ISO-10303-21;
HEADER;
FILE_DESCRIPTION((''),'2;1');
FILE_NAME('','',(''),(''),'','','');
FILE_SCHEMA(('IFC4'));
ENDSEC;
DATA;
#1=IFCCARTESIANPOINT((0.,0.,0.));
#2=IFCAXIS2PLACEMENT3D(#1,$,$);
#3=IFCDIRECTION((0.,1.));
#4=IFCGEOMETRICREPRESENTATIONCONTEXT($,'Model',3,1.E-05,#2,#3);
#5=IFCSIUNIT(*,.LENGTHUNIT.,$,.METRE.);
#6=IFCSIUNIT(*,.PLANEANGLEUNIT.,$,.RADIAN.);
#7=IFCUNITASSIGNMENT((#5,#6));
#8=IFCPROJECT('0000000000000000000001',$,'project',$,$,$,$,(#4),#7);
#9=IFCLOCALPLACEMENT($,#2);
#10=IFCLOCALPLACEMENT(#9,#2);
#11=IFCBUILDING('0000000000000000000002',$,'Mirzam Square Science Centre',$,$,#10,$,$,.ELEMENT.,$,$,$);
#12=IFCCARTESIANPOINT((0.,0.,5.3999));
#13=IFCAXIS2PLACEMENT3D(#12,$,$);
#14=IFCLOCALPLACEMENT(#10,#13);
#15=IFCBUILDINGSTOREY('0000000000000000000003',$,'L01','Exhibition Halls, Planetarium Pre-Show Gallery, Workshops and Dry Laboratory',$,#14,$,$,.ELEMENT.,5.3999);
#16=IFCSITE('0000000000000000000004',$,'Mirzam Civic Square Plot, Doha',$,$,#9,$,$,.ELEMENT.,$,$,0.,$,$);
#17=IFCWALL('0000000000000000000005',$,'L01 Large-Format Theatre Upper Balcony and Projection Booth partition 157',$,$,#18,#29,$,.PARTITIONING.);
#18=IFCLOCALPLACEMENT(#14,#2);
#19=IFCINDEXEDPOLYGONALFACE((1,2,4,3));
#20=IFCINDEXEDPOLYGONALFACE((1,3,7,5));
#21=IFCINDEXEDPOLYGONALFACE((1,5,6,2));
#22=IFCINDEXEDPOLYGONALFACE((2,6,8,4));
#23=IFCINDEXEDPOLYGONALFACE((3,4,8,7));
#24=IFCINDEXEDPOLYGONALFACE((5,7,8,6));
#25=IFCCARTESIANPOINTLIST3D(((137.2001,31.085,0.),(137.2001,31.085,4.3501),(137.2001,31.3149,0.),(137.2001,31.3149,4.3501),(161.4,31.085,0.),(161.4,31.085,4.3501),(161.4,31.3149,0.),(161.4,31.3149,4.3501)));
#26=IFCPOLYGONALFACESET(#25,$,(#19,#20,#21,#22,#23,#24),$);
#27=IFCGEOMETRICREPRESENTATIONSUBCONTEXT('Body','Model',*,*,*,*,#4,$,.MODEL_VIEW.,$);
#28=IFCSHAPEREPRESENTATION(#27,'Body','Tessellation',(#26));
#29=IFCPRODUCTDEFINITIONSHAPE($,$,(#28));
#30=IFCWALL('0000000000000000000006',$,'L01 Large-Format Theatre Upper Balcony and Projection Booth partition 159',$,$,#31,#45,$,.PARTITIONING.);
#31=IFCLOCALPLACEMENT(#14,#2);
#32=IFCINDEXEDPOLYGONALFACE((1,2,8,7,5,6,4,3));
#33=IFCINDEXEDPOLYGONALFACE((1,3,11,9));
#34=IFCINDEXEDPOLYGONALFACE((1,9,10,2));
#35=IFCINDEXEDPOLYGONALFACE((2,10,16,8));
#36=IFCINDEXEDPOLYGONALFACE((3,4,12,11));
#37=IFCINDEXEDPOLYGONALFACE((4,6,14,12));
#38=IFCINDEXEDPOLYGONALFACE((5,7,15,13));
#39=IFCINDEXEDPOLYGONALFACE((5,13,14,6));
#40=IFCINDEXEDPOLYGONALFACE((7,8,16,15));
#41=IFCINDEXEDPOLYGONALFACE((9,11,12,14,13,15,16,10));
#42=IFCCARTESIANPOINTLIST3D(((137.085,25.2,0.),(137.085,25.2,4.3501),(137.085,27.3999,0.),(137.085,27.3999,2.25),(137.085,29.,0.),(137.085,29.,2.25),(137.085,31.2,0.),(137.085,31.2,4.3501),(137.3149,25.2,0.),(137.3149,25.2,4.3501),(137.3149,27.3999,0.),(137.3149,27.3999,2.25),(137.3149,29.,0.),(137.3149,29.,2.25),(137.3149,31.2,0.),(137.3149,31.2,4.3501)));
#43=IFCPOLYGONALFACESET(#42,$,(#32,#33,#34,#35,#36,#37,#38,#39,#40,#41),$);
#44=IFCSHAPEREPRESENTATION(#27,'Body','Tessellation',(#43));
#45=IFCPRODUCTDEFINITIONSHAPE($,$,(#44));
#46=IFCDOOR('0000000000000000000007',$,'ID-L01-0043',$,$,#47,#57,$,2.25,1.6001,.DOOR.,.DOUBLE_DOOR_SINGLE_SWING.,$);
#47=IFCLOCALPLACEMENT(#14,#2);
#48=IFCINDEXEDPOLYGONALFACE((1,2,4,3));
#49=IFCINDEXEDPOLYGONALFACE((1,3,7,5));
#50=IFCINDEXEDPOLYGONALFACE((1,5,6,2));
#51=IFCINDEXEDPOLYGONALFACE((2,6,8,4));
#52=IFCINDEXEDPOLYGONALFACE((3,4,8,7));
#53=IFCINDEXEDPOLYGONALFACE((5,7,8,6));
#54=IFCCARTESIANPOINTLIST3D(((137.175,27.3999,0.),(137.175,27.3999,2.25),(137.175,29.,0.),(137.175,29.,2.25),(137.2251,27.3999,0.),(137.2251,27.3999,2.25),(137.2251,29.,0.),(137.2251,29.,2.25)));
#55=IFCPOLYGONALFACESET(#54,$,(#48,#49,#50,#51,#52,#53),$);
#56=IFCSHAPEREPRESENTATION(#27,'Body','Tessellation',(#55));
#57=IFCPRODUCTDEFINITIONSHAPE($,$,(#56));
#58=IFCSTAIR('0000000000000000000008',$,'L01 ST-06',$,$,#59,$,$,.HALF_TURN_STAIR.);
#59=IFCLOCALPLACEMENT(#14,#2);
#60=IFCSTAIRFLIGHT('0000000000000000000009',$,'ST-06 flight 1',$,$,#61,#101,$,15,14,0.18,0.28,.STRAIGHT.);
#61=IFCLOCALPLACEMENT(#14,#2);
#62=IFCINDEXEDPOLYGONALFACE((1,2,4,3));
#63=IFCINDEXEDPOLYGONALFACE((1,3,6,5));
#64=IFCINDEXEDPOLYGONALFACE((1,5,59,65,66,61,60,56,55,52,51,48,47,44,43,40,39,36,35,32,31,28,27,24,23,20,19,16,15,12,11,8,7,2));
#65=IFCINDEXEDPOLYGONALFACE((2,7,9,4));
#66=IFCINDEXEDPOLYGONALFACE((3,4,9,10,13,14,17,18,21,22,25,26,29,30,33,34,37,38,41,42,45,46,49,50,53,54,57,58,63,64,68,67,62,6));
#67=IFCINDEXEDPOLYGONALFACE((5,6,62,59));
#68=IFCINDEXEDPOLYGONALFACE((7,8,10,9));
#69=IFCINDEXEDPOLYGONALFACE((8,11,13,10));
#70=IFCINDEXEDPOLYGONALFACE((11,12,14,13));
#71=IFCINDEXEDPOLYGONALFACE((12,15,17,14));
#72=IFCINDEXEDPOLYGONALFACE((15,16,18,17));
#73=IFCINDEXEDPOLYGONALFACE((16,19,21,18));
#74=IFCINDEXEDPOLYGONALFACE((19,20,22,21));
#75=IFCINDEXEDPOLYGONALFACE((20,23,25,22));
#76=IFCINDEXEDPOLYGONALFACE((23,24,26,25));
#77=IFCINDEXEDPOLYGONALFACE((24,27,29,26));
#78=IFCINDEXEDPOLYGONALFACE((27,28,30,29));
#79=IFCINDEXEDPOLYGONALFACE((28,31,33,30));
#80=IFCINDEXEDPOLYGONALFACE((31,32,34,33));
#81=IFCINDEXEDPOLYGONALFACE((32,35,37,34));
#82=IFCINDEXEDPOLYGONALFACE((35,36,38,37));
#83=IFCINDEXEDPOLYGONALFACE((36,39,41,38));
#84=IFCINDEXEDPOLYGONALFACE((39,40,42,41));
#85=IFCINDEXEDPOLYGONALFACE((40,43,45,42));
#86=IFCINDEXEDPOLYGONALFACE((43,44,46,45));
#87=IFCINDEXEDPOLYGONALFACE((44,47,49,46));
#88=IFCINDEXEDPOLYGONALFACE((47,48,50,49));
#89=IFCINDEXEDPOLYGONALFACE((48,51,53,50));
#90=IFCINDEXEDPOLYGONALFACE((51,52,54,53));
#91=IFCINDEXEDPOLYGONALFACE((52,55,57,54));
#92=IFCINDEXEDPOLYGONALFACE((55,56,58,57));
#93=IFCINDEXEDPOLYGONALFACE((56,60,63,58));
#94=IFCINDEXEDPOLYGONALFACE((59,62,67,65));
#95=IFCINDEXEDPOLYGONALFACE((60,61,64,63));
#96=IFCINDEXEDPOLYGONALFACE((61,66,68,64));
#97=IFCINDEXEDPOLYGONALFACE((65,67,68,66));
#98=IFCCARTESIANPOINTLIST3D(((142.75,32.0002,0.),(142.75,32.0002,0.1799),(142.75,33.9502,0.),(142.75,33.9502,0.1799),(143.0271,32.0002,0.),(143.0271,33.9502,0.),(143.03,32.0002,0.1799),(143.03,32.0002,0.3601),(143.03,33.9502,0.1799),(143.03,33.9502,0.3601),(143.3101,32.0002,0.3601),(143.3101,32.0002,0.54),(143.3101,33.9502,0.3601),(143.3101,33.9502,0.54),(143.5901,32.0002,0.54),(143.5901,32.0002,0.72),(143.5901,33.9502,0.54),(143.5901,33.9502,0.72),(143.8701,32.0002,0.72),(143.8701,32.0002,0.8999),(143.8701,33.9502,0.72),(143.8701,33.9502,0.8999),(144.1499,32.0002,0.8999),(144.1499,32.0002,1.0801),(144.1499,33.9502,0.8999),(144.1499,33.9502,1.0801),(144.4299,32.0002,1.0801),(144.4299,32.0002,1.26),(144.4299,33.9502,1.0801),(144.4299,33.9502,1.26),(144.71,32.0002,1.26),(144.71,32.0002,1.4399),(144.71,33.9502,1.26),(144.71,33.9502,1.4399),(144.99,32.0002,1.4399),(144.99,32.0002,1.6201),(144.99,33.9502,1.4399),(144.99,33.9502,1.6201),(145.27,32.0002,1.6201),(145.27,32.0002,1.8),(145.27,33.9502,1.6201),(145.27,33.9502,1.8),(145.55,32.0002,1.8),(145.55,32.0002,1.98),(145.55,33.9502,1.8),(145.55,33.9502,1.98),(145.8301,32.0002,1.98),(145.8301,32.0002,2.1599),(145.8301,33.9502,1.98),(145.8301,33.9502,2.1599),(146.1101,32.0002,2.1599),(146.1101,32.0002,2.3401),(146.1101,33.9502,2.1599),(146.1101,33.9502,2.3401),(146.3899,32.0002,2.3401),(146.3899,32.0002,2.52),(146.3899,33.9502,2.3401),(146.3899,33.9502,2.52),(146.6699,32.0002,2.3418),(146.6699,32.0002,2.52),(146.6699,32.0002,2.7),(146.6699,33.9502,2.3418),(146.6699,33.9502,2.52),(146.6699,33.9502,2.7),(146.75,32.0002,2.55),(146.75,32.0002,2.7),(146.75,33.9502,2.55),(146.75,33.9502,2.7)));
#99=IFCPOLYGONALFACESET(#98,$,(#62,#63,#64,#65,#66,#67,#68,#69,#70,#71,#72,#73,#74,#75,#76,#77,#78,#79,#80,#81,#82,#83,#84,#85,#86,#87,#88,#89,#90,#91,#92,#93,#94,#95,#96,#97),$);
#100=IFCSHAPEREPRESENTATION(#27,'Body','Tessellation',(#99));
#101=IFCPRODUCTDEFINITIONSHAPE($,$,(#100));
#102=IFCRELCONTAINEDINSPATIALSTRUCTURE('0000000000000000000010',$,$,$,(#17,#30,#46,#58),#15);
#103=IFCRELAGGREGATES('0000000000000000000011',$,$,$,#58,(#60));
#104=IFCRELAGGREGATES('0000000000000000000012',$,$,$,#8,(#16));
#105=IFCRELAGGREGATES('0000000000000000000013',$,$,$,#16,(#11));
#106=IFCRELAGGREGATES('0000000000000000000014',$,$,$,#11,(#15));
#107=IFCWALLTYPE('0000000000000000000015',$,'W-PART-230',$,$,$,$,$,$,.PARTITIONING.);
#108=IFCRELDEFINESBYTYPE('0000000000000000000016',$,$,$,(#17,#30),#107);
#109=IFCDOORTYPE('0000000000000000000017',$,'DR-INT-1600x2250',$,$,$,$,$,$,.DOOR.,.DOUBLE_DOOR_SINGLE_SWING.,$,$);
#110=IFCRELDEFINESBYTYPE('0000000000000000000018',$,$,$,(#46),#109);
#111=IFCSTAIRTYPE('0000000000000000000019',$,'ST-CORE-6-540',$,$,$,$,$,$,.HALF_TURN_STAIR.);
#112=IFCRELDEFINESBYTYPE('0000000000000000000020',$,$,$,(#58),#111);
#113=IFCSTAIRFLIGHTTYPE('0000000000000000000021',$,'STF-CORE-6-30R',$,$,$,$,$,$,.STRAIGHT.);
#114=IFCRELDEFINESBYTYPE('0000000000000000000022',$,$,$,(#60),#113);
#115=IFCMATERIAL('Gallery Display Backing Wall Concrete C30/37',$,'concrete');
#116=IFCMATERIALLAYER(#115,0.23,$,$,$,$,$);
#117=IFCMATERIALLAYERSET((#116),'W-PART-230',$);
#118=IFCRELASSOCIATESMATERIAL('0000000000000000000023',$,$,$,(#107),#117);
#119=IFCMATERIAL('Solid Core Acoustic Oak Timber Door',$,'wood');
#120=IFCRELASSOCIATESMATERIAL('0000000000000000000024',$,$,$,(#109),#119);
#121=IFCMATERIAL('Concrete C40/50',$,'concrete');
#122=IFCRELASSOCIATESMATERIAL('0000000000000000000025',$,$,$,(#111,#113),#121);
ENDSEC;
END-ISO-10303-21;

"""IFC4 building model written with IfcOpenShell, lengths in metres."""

from ifc_helpers import new_model, si_unit, direction, frame, frame_2d, origin, place, context, subcontext, project, spatial, polyline, rectangle, outline, extrude, material, layer, layer_set, type_object, element, fill, aggregate, save


model = new_model("IFC4")

# Units and contexts
model_context = context("Model", 3, precision=1e-05, world=origin(), true_north=direction((0.0, 1.0)))
body_context = subcontext(model_context, "Body", "Model", "MODEL_VIEW")
ifc_project = project(units=[si_unit("LENGTHUNIT", "METRE"), si_unit("PLANEANGLEUNIT", "RADIAN")], contexts=[model_context])

# Site, building, storey
site_placement = place(None, origin())
site = spatial("IfcSite", under=ifc_project, at=site_placement, Name="Mirzam Civic Square Plot, Doha", CompositionType="ELEMENT", RefElevation=0.0)
building_placement = place(site_placement, origin())
building = spatial("IfcBuilding", under=site, at=building_placement, Name="Mirzam Square Science Centre", CompositionType="ELEMENT")
storey_placement = place(building_placement, frame((0.0, 0.0, 5.3999)))
storey = spatial("IfcBuildingStorey", under=building, at=storey_placement, Name="L01", Description="Exhibition Halls, Planetarium Pre-Show Gallery, Workshops and Dry Laboratory", CompositionType="ELEMENT", Elevation=5.3999)

# Wall
ifc_material_1 = material(Name="Gallery Display Backing Wall Concrete C30/37", Category="concrete")
ifc_layer_1 = layer(ifc_material_1, 0.23)
ifc_layer_set_1 = layer_set([ifc_layer_1], Name="W-PART-230")
wall_type_1 = type_object("IfcWallType", Name="W-PART-230", PredefinedType="PARTITIONING", material=ifc_layer_set_1)
wall_1_placement = place(storey_placement, frame((137.2, 31.2, 0.0), z_axis=(0.0, 0.0, 1.0), x_axis=(1.0, 0.0, 0.0)))
element("IfcWall", 1, at=wall_1_placement, inside=storey, type_object=wall_type_1, Name="L01 Large-Format Theatre Upper Balcony and Projection Booth partition 157", PredefinedType="PARTITIONING", context=body_context, shape_type="SweptSolid", body=[
    extrude(rectangle(XDim=24.2, YDim=0.23, at=frame_2d((12.1001, 0.0))), origin(), (0.0, 0.0, 1.0), 4.3501),
])

# Wall, opening, door
wall_2_placement = place(storey_placement, frame((137.2, 25.2, 0.0), z_axis=(0.0, 0.0, 1.0), x_axis=(0.0, 1.0, 0.0)))
wall_2 = element("IfcWall", 2, at=wall_2_placement, inside=storey, type_object=wall_type_1, Name="L01 Large-Format Theatre Upper Balcony and Projection Booth partition 159", PredefinedType="PARTITIONING", context=body_context, shape_type="SweptSolid", body=[
    extrude(rectangle(XDim=6.0, YDim=0.23, at=frame_2d((3.0, 0.0))), origin(), (0.0, 0.0, 1.0), 4.3501),
])
opening_1_placement = place(wall_2_placement, frame((2.2, 0.0, 0.0)))
opening_1 = element("IfcOpeningElement", 3, at=opening_1_placement, cuts=wall_2, PredefinedType="OPENING", context=body_context, shape_type="SweptSolid", body=[
    extrude(rectangle(XDim=1.6001, YDim=2.25, at=frame_2d((0.8, 1.125))), frame((0.0, 0.125, 0.0), z_axis=(0.0, -1.0, 0.0), x_axis=(1.0, 0.0, 0.0)), (0.0, 0.0, 1.0), 0.25),
])
ifc_material_2 = material(Name="Solid Core Acoustic Oak Timber Door", Category="wood")
door_type_1 = type_object("IfcDoorType", Name="DR-INT-1600x2250", OperationType="DOUBLE_DOOR_SINGLE_SWING", PredefinedType="DOOR", material=ifc_material_2)
door_1_placement = place(opening_1_placement, origin())
door_1 = element("IfcDoor", 4, at=door_1_placement, inside=storey, type_object=door_type_1, Name="ID-L01-0043", OperationType="DOUBLE_DOOR_SINGLE_SWING", OverallHeight=2.25, OverallWidth=1.6001, PredefinedType="DOOR", context=body_context, shape_type="SweptSolid", body=[
    extrude(rectangle(XDim=1.6001, YDim=2.25, at=frame_2d((0.8, 1.125))), frame((0.0, 0.0249, 0.0), z_axis=(0.0, -1.0, 0.0), x_axis=(1.0, 0.0, 0.0)), (0.0, 0.0, 1.0), 0.05),
])
fill(opening_1, door_1)

# Stair, stair flight
ifc_material_3 = material(Name="Concrete C40/50", Category="concrete")
stair_type = type_object("IfcStairType", Name="ST-CORE-6-540", PredefinedType="HALF_TURN_STAIR", material=ifc_material_3)
stair_placement = place(storey_placement, origin())
stair = element("IfcStair", 5, at=stair_placement, inside=storey, type_object=stair_type, Name="L01 ST-06", PredefinedType="HALF_TURN_STAIR")
stair_flight_type = type_object("IfcStairFlightType", Name="STF-CORE-6-30R", PredefinedType="STRAIGHT", material=ifc_material_3)
stair_flight_placement = place(storey_placement, frame((142.75, 32.9751, 0.0), z_axis=(0.0, 0.0, 1.0), x_axis=(1.0, 0.0, 0.0)))
stair_flight = element("IfcStairFlight", 6, at=stair_flight_placement, type_object=stair_flight_type, Name="ST-06 flight 1", NumberOfRisers=15, NumberOfTreads=14, PredefinedType="STRAIGHT", RiserHeight=0.18, TreadLength=0.28, context=body_context, shape_type="SweptSolid", body=[
    extrude(outline(polyline([(0.0, 0.0), (0.0, 0.1799), (0.28, 0.1799), (0.28, 0.3601), (0.5601, 0.3601), (0.5601, 0.54), (0.8401, 0.54), (0.8401, 0.72), (1.1201, 0.72), (1.1201, 0.8999), (1.3999, 0.8999), (1.3999, 1.0801), (1.6799, 1.0801), (1.6799, 1.26), (1.96, 1.26), (1.96, 1.4399), (2.24, 1.4399), (2.24, 1.6201), (2.52, 1.6201), (2.52, 1.8), (2.8, 1.8), (2.8, 1.98), (3.0801, 1.98), (3.0801, 2.1599), (3.3601, 2.1599), (3.3601, 2.3401), (3.6399, 2.3401), (3.6399, 2.52), (3.9199, 2.52), (3.9199, 2.7), (4.0, 2.7), (4.0, 2.55), (3.9199, 2.3418), (0.2771, 0.0), (0.0, 0.0)])), frame((0.0, 0.9751, 0.0), z_axis=(0.0, -1.0, 0.0), x_axis=(1.0, 0.0, 0.0)), (0.0, 0.0, 1.0), 1.95),
])
aggregate(stair, [stair_flight])

save(model, "model.ifc")
